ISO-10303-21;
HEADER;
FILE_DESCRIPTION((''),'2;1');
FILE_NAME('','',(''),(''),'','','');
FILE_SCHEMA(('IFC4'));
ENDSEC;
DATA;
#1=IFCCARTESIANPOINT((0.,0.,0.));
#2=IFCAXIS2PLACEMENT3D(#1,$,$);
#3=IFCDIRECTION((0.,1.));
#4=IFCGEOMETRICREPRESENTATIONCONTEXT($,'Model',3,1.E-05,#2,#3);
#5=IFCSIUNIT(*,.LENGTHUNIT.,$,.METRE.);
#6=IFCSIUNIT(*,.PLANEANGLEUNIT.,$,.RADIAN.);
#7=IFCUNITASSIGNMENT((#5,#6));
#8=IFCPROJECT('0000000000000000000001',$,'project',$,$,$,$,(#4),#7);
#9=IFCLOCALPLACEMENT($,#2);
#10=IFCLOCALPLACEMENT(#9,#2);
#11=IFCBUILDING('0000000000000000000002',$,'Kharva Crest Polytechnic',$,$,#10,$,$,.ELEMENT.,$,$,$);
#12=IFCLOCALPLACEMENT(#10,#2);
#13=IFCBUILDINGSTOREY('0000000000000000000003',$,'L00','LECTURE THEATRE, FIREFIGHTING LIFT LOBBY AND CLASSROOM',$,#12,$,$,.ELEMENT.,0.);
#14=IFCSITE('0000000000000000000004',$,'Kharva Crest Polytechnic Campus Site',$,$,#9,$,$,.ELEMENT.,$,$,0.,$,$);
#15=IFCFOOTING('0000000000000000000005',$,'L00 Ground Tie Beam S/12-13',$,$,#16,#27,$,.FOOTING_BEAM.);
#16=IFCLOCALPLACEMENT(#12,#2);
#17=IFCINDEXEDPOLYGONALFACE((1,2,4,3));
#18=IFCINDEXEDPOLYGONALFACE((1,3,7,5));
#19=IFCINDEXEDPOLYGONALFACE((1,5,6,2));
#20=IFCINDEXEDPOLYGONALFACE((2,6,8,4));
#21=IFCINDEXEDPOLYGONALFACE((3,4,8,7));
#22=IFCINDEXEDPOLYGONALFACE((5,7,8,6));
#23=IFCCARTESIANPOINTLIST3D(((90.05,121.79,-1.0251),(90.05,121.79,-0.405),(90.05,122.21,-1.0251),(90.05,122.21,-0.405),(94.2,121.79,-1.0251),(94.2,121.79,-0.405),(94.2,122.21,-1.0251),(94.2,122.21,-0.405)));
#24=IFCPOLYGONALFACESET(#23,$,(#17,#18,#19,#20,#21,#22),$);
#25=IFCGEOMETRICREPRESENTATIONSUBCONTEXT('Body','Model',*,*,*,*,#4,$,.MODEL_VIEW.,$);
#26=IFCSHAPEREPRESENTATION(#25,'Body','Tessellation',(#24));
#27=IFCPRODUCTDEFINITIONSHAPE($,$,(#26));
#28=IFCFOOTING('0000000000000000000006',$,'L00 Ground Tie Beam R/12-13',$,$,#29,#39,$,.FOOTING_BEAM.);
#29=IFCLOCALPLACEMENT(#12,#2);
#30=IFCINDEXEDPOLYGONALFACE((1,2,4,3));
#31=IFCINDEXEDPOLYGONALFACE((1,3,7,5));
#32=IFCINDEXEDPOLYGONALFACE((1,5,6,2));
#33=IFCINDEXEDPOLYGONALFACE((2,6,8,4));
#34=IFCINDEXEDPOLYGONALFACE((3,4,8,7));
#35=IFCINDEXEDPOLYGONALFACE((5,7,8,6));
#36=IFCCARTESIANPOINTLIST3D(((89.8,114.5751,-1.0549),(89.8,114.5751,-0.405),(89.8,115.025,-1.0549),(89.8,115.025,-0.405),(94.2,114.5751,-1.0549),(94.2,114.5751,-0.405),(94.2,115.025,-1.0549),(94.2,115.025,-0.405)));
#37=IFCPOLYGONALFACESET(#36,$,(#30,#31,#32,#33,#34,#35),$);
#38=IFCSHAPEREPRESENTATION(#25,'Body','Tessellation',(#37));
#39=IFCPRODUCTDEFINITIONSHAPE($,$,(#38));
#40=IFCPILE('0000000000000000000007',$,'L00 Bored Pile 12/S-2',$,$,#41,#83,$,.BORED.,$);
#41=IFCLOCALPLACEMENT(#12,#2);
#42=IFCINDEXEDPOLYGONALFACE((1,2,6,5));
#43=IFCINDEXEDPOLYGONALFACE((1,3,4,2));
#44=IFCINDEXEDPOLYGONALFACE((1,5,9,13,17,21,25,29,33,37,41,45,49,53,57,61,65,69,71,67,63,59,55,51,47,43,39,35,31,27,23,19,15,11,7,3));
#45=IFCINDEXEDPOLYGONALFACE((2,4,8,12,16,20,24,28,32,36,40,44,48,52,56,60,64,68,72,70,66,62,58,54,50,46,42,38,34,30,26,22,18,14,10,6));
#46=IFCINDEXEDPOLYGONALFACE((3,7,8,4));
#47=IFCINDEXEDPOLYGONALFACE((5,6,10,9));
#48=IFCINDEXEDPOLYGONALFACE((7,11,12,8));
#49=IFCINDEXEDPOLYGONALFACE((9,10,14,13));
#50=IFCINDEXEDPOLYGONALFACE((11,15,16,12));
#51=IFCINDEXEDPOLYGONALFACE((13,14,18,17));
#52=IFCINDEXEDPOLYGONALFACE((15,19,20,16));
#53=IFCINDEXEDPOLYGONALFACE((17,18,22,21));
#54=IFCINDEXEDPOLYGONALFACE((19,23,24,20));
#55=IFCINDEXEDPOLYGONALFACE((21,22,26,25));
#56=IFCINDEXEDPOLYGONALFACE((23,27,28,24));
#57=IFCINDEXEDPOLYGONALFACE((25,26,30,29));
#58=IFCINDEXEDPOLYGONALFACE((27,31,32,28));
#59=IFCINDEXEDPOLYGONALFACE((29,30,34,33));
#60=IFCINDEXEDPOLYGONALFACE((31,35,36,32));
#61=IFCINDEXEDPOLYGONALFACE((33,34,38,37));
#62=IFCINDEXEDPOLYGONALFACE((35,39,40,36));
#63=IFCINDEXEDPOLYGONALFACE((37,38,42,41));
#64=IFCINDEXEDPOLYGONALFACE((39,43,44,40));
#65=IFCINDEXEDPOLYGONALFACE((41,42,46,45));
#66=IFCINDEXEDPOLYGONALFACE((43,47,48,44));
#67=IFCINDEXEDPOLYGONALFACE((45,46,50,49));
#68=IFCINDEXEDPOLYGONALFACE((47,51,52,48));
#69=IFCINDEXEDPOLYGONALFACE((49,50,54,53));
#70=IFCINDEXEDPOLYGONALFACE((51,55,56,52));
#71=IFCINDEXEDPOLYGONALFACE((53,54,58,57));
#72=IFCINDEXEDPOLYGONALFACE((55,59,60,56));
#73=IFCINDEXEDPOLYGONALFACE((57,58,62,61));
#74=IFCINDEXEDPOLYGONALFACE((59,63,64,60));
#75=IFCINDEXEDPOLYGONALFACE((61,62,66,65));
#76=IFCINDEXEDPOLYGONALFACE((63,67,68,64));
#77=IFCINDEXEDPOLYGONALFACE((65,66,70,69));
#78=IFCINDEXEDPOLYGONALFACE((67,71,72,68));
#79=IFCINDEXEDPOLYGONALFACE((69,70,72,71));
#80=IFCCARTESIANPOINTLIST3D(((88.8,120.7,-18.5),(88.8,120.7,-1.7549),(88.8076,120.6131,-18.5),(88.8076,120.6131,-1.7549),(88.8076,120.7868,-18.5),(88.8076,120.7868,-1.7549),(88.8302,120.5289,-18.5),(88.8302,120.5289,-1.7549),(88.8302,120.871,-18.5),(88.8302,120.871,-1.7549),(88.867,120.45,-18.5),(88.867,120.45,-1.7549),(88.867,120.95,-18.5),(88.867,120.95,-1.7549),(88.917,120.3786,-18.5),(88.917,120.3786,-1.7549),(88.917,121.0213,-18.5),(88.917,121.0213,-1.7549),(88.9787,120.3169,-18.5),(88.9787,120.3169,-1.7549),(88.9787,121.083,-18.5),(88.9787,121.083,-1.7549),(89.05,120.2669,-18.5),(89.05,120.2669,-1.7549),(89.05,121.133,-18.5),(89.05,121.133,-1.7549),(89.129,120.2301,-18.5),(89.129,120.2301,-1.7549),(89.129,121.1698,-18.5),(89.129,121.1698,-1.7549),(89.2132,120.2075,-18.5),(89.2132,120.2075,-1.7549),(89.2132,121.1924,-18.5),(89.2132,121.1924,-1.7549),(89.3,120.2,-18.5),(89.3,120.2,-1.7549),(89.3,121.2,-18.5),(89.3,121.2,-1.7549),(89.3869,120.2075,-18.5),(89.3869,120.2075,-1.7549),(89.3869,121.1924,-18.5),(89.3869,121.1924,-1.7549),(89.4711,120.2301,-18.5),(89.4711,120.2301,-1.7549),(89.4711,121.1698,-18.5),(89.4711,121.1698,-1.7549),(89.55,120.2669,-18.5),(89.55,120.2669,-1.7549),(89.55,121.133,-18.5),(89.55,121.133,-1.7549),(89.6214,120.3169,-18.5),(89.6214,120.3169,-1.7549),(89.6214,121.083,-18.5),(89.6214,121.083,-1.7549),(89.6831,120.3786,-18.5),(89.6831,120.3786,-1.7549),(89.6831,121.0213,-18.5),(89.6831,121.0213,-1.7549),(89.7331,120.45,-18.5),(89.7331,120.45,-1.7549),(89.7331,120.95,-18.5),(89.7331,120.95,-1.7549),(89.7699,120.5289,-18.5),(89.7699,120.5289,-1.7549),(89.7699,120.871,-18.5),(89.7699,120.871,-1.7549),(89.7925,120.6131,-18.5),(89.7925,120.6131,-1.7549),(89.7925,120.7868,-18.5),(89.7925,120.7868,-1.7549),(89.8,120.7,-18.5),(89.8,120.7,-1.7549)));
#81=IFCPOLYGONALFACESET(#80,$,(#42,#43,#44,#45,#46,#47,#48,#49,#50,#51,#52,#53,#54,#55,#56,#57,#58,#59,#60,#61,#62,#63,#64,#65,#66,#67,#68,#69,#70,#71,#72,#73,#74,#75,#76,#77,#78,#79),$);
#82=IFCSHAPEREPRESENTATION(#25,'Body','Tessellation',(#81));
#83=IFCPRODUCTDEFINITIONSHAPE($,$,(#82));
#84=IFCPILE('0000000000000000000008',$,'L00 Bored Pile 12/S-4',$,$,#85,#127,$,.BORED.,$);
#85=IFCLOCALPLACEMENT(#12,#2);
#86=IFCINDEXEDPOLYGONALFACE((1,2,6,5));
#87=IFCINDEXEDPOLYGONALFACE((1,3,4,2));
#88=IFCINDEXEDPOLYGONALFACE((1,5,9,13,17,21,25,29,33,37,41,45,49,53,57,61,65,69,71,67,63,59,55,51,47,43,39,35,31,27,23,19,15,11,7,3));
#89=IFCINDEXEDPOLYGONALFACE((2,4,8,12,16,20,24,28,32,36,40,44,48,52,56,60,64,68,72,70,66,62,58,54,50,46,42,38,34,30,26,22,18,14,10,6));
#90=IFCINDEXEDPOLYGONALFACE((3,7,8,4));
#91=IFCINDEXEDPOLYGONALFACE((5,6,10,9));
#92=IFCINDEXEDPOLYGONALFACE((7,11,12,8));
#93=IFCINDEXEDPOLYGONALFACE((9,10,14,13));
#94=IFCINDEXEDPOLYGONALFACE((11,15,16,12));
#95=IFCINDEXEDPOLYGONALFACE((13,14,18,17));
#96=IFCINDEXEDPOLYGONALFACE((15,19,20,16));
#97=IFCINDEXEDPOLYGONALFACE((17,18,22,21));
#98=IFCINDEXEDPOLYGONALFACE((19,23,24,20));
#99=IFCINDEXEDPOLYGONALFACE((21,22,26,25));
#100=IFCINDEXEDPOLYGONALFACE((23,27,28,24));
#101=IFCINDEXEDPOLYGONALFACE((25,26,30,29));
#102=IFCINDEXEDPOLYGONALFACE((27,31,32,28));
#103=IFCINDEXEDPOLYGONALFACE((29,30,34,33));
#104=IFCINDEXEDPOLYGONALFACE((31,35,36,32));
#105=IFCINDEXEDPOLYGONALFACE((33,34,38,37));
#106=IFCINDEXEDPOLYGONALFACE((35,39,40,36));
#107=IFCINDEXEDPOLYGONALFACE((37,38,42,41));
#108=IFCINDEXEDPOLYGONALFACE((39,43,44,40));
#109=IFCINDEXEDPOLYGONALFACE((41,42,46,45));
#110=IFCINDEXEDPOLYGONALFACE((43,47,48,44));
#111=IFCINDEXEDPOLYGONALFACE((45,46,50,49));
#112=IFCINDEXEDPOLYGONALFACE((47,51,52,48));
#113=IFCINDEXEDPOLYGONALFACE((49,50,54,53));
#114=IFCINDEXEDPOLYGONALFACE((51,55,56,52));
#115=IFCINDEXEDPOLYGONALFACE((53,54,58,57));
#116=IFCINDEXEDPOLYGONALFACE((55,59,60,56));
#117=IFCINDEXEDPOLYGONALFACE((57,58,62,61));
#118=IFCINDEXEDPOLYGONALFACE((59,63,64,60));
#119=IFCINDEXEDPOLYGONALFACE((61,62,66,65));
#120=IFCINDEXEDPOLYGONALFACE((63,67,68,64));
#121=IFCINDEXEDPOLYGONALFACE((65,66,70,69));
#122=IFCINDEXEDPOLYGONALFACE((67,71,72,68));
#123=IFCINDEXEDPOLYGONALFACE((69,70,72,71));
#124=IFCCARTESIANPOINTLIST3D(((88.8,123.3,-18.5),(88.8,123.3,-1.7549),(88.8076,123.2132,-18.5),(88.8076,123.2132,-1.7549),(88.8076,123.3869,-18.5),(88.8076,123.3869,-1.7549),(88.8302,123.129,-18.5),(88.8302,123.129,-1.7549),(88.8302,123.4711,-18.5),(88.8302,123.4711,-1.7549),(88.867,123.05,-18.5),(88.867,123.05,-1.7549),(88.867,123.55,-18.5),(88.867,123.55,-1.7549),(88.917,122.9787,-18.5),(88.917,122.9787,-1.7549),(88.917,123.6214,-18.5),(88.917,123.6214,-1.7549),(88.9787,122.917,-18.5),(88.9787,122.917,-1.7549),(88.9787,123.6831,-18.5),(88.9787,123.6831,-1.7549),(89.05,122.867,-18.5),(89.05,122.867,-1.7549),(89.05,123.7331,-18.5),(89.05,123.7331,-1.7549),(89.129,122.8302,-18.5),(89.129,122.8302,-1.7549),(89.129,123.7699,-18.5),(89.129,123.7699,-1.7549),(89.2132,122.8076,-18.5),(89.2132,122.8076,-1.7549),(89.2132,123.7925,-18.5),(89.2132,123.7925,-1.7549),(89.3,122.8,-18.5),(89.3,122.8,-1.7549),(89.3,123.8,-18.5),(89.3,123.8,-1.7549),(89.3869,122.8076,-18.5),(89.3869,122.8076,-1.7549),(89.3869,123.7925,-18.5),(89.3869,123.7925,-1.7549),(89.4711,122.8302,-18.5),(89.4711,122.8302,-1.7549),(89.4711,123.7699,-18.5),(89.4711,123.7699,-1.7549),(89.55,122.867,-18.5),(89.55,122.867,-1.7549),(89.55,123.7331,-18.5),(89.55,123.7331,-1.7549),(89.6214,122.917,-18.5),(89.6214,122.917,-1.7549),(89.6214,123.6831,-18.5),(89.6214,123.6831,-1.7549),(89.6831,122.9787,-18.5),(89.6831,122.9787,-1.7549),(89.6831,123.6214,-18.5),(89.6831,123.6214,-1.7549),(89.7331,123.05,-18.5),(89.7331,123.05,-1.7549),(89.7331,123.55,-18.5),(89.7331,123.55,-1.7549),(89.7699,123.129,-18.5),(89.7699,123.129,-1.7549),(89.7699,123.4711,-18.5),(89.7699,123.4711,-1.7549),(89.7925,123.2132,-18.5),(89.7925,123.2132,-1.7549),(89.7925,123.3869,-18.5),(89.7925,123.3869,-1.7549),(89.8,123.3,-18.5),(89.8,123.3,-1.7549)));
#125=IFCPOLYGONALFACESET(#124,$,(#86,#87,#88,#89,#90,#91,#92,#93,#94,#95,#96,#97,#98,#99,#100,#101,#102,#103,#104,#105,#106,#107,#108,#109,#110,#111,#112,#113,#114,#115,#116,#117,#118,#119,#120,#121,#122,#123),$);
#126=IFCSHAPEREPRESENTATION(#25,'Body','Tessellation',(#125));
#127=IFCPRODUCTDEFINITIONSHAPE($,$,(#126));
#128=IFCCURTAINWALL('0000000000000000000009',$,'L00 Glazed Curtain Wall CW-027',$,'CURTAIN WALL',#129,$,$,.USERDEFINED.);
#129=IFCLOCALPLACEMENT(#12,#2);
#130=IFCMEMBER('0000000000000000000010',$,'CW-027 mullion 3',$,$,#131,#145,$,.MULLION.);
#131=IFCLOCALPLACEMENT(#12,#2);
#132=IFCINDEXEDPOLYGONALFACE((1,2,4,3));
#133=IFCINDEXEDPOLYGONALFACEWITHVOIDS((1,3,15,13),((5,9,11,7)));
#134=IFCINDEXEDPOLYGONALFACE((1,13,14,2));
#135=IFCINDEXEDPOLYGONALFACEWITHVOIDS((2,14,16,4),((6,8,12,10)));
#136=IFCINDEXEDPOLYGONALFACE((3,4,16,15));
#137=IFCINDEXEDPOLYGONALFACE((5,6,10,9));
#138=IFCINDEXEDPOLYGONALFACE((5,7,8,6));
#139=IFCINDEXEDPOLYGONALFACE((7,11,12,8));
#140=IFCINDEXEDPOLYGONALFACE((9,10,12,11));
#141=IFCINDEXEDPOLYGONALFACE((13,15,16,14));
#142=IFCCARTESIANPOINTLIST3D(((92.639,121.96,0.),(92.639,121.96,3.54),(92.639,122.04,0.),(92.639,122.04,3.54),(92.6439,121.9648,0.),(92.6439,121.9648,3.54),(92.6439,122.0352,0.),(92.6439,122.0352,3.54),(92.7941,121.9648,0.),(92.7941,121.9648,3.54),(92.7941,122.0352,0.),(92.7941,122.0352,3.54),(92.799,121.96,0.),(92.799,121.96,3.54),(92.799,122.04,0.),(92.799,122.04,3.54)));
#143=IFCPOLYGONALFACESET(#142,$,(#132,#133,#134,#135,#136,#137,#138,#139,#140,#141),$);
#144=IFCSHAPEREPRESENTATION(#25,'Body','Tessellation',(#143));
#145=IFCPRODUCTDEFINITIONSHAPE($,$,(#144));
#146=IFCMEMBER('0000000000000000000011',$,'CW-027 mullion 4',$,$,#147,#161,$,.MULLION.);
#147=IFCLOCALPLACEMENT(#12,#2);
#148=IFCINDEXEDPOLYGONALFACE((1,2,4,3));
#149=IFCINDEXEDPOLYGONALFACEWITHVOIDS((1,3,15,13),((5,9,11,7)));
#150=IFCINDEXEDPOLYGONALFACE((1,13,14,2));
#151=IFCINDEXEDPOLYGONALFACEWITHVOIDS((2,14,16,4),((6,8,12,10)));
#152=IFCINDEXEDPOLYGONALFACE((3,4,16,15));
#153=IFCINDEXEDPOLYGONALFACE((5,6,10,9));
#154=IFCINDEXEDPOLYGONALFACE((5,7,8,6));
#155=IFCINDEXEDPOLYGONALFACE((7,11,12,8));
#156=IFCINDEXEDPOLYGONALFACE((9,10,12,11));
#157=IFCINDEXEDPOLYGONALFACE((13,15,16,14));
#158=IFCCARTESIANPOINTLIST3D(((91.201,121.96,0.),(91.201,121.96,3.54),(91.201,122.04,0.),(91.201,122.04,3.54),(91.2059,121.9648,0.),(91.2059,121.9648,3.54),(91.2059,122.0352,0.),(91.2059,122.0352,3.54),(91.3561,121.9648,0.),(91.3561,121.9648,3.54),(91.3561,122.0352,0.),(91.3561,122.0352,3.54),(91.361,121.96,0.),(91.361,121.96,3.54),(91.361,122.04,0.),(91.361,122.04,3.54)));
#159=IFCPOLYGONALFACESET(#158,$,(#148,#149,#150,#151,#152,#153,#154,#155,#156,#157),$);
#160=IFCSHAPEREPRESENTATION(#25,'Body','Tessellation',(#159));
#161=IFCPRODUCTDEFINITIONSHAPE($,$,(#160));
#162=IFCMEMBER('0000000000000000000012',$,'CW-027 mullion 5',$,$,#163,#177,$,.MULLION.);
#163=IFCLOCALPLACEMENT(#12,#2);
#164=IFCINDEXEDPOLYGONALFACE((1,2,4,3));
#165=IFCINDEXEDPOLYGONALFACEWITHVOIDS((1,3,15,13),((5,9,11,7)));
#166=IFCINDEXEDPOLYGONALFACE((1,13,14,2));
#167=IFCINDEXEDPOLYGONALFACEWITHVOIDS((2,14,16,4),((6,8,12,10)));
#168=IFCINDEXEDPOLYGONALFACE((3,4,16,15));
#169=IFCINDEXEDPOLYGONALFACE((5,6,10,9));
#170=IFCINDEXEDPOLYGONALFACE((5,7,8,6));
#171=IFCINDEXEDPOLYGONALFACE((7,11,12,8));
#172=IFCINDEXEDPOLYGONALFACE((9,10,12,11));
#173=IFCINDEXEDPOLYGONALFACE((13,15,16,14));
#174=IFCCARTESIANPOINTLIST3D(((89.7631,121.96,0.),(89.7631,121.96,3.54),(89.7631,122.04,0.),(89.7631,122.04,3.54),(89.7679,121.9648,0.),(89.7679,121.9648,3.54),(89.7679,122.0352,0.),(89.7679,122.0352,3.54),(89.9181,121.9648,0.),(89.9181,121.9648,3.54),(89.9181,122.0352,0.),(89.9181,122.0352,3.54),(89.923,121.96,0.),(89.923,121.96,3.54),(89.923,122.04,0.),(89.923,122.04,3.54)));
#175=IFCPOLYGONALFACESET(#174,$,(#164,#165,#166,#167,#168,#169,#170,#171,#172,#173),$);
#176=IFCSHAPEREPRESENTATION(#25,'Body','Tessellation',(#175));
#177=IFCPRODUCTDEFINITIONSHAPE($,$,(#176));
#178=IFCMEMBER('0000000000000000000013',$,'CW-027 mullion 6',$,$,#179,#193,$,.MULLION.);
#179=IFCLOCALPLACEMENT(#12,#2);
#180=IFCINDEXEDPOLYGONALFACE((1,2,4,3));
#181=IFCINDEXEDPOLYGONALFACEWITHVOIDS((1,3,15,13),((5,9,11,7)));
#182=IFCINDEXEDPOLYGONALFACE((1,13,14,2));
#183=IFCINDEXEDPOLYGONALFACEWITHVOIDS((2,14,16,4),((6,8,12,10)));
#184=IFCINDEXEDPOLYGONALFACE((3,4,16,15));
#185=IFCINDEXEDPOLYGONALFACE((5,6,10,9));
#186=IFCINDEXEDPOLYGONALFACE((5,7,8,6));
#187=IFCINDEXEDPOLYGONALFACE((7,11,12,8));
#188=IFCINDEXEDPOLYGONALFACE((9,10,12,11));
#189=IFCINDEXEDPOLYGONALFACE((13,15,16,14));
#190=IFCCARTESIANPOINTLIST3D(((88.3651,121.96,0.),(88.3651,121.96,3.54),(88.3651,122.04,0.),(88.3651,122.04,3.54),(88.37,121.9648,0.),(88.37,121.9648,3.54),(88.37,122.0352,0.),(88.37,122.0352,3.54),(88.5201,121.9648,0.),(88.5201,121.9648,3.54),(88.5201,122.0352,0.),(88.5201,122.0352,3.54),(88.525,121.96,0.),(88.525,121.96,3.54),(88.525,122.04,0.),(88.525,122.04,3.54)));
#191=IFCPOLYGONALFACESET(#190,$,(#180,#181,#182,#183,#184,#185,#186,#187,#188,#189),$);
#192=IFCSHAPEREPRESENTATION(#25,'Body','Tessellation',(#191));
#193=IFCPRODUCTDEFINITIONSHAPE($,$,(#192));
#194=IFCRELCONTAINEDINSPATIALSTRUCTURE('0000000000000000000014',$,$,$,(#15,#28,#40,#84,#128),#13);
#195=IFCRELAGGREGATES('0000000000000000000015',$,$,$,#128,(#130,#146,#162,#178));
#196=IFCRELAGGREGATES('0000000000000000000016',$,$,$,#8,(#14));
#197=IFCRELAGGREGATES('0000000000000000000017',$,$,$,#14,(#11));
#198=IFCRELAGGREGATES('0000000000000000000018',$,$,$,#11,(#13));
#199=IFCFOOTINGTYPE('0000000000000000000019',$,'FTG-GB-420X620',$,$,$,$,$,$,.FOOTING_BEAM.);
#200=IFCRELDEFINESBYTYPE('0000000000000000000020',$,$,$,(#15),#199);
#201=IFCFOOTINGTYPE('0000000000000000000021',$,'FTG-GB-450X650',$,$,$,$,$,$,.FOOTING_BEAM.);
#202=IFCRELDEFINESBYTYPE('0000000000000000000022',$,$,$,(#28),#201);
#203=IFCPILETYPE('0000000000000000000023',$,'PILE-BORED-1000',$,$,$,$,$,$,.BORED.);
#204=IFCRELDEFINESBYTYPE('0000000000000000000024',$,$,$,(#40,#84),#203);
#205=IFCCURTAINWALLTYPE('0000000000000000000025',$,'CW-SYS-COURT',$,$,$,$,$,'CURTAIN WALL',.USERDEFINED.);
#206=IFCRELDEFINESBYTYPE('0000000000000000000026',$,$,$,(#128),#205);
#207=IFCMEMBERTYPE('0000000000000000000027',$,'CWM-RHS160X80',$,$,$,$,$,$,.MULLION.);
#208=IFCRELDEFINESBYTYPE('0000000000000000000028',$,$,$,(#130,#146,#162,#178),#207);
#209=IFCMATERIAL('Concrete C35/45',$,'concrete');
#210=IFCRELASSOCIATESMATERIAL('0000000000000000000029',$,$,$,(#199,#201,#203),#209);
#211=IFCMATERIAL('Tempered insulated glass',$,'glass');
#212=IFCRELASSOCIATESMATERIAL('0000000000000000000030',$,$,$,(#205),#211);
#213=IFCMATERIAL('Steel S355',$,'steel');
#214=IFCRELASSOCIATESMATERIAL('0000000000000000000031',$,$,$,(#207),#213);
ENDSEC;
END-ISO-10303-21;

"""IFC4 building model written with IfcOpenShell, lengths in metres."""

from ifc_helpers import new_model, si_unit, direction, frame, origin, origin_2d, place, context, subcontext, project, spatial, rectangle, hollow_rectangle, circle, extrude, material, material_profile, profile_set, type_object, element, aggregate, save


model = new_model("IFC4")

# Units and contexts
model_context = context("Model", 3, precision=1e-05, world=origin(), true_north=direction((0.0, 1.0)))
body_context = subcontext(model_context, "Body", "Model", "MODEL_VIEW")
ifc_project = project(units=[si_unit("LENGTHUNIT", "METRE"), si_unit("PLANEANGLEUNIT", "RADIAN")], contexts=[model_context])

# Site, building, storey
site_placement = place(None, origin())
site = spatial("IfcSite", under=ifc_project, at=site_placement, Name="Kharva Crest Polytechnic Campus Site", CompositionType="ELEMENT", RefElevation=0.0)
building_placement = place(site_placement, origin())
building = spatial("IfcBuilding", under=site, at=building_placement, Name="Kharva Crest Polytechnic", CompositionType="ELEMENT")
storey_placement = place(building_placement, origin())
storey = spatial("IfcBuildingStorey", under=building, at=storey_placement, Name="L00", Description="LECTURE THEATRE, FIREFIGHTING LIFT LOBBY AND CLASSROOM", CompositionType="ELEMENT", Elevation=0.0)

# Footings
ifc_material_1 = material(Name="Concrete C35/45", Category="concrete")
footing_type_1 = type_object("IfcFootingType", Name="FTG-GB-420X620", PredefinedType="FOOTING_BEAM", material=ifc_material_1)
footing_1_placement = place(storey_placement, frame((92.125, 122.0, -1.0251), z_axis=(0.0, 0.0, 1.0), x_axis=(1.0, 0.0, 0.0)))
element("IfcFooting", 1, at=footing_1_placement, inside=storey, type_object=footing_type_1, Name="L00 Ground Tie Beam S/12-13", PredefinedType="FOOTING_BEAM", context=body_context, shape_type="SweptSolid", body=[
    extrude(rectangle(XDim=4.1499, YDim=0.4199, at=origin_2d()), origin(), (0.0, 0.0, 1.0), 0.6201),
])
footing_type_2 = type_object("IfcFootingType", Name="FTG-GB-450X650", PredefinedType="FOOTING_BEAM", material=ifc_material_1)
footing_2_placement = place(storey_placement, frame((92.0, 114.8, -1.0549), z_axis=(0.0, 0.0, 1.0), x_axis=(1.0, 0.0, 0.0)))
element("IfcFooting", 2, at=footing_2_placement, inside=storey, type_object=footing_type_2, Name="L00 Ground Tie Beam R/12-13", PredefinedType="FOOTING_BEAM", context=body_context, shape_type="SweptSolid", body=[
    extrude(rectangle(XDim=4.3999, YDim=0.45, at=origin_2d()), origin(), (0.0, 0.0, 1.0), 0.6499),
])

# Piles
ifc_material_profile_1 = material_profile(ifc_material_1, circle(Radius=0.5, at=origin_2d()), Name="DIA 1000")
ifc_profile_set_1 = profile_set([ifc_material_profile_1], Name="Concrete C35/45")
pile_type = type_object("IfcPileType", Name="PILE-BORED-1000", PredefinedType="BORED", material=ifc_profile_set_1)
for number, where, z_axis, x_axis, name in (
    (3, (89.3, 120.7, -1.7549), (0.0, 0.0, -1.0), (1.0, 0.0, 0.0), "L00 Bored Pile 12/S-2"),
    (4, (89.3, 123.3, -1.7549), (0.0, 0.0, -1.0), (1.0, 0.0, 0.0), "L00 Bored Pile 12/S-4"),
):
    element("IfcPile", number, at=place(storey_placement, frame(where, z_axis=z_axis, x_axis=x_axis)), inside=storey, type_object=pile_type, Name=name, PredefinedType="BORED", context=body_context, shape_type="SweptSolid", body=[
        extrude(circle(Radius=0.5, at=origin_2d()), origin(), (0.0, 0.0, 1.0), 16.7451),
    ])

# Curtain wall, members
ifc_material_2 = material(Name="Tempered insulated glass", Category="glass")
curtain_wall_type = type_object("IfcCurtainWallType", Name="CW-SYS-COURT", ElementType="CURTAIN WALL", PredefinedType="USERDEFINED", material=ifc_material_2)
curtain_wall_placement = place(storey_placement, origin())
curtain_wall = element("IfcCurtainWall", 5, at=curtain_wall_placement, inside=storey, type_object=curtain_wall_type, Name="L00 Glazed Curtain Wall CW-027", ObjectType="CURTAIN WALL", PredefinedType="USERDEFINED")
ifc_material_3 = material(Name="Steel S355", Category="steel")
ifc_material_profile_2 = material_profile(ifc_material_3, hollow_rectangle(XDim=0.0801, YDim=0.1599, WallThickness=0.0049, at=origin_2d()), Name="RHS 160X80X5.0")
ifc_profile_set_2 = profile_set([ifc_material_profile_2], Name="Steel S355")
member_type_1 = type_object("IfcMemberType", Name="CWM-RHS160X80", PredefinedType="MULLION", material=ifc_profile_set_2)
member_1_placement = place(storey_placement, frame((92.719, 122.0, 0.0), z_axis=(0.0, 0.0, 1.0), x_axis=(0.0, -1.0, 0.0)))
member_1 = element("IfcMember", 6, at=member_1_placement, type_object=member_type_1, Name="CW-027 mullion 3", PredefinedType="MULLION", context=body_context, shape_type="SweptSolid", body=[
    extrude(hollow_rectangle(XDim=0.0801, YDim=0.1599, WallThickness=0.0049, at=origin_2d()), origin(), (0.0, 0.0, 1.0), 3.54),
])
member_2_placement = place(storey_placement, frame((91.281, 122.0, 0.0), z_axis=(0.0, 0.0, 1.0), x_axis=(0.0, -1.0, 0.0)))
member_2 = element("IfcMember", 7, at=member_2_placement, type_object=member_type_1, Name="CW-027 mullion 4", PredefinedType="MULLION", context=body_context, shape_type="SweptSolid", body=[
    extrude(hollow_rectangle(XDim=0.0801, YDim=0.1599, WallThickness=0.0049, at=origin_2d()), origin(), (0.0, 0.0, 1.0), 3.54),
])
member_3_placement = place(storey_placement, frame((89.843, 122.0, 0.0), z_axis=(0.0, 0.0, 1.0), x_axis=(0.0, -1.0, 0.0)))
member_3 = element("IfcMember", 8, at=member_3_placement, type_object=member_type_1, Name="CW-027 mullion 5", PredefinedType="MULLION", context=body_context, shape_type="SweptSolid", body=[
    extrude(hollow_rectangle(XDim=0.0801, YDim=0.1599, WallThickness=0.0049, at=origin_2d()), origin(), (0.0, 0.0, 1.0), 3.54),
])
member_4_placement = place(storey_placement, frame((88.4451, 122.0, 0.0), z_axis=(0.0, 0.0, 1.0), x_axis=(0.0, -1.0, 0.0)))
member_4 = element("IfcMember", 9, at=member_4_placement, type_object=member_type_1, Name="CW-027 mullion 6", PredefinedType="MULLION", context=body_context, shape_type="SweptSolid", body=[
    extrude(hollow_rectangle(XDim=0.0801, YDim=0.1599, WallThickness=0.0049, at=origin_2d()), origin(), (0.0, 0.0, 1.0), 3.54),
])

aggregate(curtain_wall, [member_1, member_2, member_3, member_4])

save(model, "model.ifc")
